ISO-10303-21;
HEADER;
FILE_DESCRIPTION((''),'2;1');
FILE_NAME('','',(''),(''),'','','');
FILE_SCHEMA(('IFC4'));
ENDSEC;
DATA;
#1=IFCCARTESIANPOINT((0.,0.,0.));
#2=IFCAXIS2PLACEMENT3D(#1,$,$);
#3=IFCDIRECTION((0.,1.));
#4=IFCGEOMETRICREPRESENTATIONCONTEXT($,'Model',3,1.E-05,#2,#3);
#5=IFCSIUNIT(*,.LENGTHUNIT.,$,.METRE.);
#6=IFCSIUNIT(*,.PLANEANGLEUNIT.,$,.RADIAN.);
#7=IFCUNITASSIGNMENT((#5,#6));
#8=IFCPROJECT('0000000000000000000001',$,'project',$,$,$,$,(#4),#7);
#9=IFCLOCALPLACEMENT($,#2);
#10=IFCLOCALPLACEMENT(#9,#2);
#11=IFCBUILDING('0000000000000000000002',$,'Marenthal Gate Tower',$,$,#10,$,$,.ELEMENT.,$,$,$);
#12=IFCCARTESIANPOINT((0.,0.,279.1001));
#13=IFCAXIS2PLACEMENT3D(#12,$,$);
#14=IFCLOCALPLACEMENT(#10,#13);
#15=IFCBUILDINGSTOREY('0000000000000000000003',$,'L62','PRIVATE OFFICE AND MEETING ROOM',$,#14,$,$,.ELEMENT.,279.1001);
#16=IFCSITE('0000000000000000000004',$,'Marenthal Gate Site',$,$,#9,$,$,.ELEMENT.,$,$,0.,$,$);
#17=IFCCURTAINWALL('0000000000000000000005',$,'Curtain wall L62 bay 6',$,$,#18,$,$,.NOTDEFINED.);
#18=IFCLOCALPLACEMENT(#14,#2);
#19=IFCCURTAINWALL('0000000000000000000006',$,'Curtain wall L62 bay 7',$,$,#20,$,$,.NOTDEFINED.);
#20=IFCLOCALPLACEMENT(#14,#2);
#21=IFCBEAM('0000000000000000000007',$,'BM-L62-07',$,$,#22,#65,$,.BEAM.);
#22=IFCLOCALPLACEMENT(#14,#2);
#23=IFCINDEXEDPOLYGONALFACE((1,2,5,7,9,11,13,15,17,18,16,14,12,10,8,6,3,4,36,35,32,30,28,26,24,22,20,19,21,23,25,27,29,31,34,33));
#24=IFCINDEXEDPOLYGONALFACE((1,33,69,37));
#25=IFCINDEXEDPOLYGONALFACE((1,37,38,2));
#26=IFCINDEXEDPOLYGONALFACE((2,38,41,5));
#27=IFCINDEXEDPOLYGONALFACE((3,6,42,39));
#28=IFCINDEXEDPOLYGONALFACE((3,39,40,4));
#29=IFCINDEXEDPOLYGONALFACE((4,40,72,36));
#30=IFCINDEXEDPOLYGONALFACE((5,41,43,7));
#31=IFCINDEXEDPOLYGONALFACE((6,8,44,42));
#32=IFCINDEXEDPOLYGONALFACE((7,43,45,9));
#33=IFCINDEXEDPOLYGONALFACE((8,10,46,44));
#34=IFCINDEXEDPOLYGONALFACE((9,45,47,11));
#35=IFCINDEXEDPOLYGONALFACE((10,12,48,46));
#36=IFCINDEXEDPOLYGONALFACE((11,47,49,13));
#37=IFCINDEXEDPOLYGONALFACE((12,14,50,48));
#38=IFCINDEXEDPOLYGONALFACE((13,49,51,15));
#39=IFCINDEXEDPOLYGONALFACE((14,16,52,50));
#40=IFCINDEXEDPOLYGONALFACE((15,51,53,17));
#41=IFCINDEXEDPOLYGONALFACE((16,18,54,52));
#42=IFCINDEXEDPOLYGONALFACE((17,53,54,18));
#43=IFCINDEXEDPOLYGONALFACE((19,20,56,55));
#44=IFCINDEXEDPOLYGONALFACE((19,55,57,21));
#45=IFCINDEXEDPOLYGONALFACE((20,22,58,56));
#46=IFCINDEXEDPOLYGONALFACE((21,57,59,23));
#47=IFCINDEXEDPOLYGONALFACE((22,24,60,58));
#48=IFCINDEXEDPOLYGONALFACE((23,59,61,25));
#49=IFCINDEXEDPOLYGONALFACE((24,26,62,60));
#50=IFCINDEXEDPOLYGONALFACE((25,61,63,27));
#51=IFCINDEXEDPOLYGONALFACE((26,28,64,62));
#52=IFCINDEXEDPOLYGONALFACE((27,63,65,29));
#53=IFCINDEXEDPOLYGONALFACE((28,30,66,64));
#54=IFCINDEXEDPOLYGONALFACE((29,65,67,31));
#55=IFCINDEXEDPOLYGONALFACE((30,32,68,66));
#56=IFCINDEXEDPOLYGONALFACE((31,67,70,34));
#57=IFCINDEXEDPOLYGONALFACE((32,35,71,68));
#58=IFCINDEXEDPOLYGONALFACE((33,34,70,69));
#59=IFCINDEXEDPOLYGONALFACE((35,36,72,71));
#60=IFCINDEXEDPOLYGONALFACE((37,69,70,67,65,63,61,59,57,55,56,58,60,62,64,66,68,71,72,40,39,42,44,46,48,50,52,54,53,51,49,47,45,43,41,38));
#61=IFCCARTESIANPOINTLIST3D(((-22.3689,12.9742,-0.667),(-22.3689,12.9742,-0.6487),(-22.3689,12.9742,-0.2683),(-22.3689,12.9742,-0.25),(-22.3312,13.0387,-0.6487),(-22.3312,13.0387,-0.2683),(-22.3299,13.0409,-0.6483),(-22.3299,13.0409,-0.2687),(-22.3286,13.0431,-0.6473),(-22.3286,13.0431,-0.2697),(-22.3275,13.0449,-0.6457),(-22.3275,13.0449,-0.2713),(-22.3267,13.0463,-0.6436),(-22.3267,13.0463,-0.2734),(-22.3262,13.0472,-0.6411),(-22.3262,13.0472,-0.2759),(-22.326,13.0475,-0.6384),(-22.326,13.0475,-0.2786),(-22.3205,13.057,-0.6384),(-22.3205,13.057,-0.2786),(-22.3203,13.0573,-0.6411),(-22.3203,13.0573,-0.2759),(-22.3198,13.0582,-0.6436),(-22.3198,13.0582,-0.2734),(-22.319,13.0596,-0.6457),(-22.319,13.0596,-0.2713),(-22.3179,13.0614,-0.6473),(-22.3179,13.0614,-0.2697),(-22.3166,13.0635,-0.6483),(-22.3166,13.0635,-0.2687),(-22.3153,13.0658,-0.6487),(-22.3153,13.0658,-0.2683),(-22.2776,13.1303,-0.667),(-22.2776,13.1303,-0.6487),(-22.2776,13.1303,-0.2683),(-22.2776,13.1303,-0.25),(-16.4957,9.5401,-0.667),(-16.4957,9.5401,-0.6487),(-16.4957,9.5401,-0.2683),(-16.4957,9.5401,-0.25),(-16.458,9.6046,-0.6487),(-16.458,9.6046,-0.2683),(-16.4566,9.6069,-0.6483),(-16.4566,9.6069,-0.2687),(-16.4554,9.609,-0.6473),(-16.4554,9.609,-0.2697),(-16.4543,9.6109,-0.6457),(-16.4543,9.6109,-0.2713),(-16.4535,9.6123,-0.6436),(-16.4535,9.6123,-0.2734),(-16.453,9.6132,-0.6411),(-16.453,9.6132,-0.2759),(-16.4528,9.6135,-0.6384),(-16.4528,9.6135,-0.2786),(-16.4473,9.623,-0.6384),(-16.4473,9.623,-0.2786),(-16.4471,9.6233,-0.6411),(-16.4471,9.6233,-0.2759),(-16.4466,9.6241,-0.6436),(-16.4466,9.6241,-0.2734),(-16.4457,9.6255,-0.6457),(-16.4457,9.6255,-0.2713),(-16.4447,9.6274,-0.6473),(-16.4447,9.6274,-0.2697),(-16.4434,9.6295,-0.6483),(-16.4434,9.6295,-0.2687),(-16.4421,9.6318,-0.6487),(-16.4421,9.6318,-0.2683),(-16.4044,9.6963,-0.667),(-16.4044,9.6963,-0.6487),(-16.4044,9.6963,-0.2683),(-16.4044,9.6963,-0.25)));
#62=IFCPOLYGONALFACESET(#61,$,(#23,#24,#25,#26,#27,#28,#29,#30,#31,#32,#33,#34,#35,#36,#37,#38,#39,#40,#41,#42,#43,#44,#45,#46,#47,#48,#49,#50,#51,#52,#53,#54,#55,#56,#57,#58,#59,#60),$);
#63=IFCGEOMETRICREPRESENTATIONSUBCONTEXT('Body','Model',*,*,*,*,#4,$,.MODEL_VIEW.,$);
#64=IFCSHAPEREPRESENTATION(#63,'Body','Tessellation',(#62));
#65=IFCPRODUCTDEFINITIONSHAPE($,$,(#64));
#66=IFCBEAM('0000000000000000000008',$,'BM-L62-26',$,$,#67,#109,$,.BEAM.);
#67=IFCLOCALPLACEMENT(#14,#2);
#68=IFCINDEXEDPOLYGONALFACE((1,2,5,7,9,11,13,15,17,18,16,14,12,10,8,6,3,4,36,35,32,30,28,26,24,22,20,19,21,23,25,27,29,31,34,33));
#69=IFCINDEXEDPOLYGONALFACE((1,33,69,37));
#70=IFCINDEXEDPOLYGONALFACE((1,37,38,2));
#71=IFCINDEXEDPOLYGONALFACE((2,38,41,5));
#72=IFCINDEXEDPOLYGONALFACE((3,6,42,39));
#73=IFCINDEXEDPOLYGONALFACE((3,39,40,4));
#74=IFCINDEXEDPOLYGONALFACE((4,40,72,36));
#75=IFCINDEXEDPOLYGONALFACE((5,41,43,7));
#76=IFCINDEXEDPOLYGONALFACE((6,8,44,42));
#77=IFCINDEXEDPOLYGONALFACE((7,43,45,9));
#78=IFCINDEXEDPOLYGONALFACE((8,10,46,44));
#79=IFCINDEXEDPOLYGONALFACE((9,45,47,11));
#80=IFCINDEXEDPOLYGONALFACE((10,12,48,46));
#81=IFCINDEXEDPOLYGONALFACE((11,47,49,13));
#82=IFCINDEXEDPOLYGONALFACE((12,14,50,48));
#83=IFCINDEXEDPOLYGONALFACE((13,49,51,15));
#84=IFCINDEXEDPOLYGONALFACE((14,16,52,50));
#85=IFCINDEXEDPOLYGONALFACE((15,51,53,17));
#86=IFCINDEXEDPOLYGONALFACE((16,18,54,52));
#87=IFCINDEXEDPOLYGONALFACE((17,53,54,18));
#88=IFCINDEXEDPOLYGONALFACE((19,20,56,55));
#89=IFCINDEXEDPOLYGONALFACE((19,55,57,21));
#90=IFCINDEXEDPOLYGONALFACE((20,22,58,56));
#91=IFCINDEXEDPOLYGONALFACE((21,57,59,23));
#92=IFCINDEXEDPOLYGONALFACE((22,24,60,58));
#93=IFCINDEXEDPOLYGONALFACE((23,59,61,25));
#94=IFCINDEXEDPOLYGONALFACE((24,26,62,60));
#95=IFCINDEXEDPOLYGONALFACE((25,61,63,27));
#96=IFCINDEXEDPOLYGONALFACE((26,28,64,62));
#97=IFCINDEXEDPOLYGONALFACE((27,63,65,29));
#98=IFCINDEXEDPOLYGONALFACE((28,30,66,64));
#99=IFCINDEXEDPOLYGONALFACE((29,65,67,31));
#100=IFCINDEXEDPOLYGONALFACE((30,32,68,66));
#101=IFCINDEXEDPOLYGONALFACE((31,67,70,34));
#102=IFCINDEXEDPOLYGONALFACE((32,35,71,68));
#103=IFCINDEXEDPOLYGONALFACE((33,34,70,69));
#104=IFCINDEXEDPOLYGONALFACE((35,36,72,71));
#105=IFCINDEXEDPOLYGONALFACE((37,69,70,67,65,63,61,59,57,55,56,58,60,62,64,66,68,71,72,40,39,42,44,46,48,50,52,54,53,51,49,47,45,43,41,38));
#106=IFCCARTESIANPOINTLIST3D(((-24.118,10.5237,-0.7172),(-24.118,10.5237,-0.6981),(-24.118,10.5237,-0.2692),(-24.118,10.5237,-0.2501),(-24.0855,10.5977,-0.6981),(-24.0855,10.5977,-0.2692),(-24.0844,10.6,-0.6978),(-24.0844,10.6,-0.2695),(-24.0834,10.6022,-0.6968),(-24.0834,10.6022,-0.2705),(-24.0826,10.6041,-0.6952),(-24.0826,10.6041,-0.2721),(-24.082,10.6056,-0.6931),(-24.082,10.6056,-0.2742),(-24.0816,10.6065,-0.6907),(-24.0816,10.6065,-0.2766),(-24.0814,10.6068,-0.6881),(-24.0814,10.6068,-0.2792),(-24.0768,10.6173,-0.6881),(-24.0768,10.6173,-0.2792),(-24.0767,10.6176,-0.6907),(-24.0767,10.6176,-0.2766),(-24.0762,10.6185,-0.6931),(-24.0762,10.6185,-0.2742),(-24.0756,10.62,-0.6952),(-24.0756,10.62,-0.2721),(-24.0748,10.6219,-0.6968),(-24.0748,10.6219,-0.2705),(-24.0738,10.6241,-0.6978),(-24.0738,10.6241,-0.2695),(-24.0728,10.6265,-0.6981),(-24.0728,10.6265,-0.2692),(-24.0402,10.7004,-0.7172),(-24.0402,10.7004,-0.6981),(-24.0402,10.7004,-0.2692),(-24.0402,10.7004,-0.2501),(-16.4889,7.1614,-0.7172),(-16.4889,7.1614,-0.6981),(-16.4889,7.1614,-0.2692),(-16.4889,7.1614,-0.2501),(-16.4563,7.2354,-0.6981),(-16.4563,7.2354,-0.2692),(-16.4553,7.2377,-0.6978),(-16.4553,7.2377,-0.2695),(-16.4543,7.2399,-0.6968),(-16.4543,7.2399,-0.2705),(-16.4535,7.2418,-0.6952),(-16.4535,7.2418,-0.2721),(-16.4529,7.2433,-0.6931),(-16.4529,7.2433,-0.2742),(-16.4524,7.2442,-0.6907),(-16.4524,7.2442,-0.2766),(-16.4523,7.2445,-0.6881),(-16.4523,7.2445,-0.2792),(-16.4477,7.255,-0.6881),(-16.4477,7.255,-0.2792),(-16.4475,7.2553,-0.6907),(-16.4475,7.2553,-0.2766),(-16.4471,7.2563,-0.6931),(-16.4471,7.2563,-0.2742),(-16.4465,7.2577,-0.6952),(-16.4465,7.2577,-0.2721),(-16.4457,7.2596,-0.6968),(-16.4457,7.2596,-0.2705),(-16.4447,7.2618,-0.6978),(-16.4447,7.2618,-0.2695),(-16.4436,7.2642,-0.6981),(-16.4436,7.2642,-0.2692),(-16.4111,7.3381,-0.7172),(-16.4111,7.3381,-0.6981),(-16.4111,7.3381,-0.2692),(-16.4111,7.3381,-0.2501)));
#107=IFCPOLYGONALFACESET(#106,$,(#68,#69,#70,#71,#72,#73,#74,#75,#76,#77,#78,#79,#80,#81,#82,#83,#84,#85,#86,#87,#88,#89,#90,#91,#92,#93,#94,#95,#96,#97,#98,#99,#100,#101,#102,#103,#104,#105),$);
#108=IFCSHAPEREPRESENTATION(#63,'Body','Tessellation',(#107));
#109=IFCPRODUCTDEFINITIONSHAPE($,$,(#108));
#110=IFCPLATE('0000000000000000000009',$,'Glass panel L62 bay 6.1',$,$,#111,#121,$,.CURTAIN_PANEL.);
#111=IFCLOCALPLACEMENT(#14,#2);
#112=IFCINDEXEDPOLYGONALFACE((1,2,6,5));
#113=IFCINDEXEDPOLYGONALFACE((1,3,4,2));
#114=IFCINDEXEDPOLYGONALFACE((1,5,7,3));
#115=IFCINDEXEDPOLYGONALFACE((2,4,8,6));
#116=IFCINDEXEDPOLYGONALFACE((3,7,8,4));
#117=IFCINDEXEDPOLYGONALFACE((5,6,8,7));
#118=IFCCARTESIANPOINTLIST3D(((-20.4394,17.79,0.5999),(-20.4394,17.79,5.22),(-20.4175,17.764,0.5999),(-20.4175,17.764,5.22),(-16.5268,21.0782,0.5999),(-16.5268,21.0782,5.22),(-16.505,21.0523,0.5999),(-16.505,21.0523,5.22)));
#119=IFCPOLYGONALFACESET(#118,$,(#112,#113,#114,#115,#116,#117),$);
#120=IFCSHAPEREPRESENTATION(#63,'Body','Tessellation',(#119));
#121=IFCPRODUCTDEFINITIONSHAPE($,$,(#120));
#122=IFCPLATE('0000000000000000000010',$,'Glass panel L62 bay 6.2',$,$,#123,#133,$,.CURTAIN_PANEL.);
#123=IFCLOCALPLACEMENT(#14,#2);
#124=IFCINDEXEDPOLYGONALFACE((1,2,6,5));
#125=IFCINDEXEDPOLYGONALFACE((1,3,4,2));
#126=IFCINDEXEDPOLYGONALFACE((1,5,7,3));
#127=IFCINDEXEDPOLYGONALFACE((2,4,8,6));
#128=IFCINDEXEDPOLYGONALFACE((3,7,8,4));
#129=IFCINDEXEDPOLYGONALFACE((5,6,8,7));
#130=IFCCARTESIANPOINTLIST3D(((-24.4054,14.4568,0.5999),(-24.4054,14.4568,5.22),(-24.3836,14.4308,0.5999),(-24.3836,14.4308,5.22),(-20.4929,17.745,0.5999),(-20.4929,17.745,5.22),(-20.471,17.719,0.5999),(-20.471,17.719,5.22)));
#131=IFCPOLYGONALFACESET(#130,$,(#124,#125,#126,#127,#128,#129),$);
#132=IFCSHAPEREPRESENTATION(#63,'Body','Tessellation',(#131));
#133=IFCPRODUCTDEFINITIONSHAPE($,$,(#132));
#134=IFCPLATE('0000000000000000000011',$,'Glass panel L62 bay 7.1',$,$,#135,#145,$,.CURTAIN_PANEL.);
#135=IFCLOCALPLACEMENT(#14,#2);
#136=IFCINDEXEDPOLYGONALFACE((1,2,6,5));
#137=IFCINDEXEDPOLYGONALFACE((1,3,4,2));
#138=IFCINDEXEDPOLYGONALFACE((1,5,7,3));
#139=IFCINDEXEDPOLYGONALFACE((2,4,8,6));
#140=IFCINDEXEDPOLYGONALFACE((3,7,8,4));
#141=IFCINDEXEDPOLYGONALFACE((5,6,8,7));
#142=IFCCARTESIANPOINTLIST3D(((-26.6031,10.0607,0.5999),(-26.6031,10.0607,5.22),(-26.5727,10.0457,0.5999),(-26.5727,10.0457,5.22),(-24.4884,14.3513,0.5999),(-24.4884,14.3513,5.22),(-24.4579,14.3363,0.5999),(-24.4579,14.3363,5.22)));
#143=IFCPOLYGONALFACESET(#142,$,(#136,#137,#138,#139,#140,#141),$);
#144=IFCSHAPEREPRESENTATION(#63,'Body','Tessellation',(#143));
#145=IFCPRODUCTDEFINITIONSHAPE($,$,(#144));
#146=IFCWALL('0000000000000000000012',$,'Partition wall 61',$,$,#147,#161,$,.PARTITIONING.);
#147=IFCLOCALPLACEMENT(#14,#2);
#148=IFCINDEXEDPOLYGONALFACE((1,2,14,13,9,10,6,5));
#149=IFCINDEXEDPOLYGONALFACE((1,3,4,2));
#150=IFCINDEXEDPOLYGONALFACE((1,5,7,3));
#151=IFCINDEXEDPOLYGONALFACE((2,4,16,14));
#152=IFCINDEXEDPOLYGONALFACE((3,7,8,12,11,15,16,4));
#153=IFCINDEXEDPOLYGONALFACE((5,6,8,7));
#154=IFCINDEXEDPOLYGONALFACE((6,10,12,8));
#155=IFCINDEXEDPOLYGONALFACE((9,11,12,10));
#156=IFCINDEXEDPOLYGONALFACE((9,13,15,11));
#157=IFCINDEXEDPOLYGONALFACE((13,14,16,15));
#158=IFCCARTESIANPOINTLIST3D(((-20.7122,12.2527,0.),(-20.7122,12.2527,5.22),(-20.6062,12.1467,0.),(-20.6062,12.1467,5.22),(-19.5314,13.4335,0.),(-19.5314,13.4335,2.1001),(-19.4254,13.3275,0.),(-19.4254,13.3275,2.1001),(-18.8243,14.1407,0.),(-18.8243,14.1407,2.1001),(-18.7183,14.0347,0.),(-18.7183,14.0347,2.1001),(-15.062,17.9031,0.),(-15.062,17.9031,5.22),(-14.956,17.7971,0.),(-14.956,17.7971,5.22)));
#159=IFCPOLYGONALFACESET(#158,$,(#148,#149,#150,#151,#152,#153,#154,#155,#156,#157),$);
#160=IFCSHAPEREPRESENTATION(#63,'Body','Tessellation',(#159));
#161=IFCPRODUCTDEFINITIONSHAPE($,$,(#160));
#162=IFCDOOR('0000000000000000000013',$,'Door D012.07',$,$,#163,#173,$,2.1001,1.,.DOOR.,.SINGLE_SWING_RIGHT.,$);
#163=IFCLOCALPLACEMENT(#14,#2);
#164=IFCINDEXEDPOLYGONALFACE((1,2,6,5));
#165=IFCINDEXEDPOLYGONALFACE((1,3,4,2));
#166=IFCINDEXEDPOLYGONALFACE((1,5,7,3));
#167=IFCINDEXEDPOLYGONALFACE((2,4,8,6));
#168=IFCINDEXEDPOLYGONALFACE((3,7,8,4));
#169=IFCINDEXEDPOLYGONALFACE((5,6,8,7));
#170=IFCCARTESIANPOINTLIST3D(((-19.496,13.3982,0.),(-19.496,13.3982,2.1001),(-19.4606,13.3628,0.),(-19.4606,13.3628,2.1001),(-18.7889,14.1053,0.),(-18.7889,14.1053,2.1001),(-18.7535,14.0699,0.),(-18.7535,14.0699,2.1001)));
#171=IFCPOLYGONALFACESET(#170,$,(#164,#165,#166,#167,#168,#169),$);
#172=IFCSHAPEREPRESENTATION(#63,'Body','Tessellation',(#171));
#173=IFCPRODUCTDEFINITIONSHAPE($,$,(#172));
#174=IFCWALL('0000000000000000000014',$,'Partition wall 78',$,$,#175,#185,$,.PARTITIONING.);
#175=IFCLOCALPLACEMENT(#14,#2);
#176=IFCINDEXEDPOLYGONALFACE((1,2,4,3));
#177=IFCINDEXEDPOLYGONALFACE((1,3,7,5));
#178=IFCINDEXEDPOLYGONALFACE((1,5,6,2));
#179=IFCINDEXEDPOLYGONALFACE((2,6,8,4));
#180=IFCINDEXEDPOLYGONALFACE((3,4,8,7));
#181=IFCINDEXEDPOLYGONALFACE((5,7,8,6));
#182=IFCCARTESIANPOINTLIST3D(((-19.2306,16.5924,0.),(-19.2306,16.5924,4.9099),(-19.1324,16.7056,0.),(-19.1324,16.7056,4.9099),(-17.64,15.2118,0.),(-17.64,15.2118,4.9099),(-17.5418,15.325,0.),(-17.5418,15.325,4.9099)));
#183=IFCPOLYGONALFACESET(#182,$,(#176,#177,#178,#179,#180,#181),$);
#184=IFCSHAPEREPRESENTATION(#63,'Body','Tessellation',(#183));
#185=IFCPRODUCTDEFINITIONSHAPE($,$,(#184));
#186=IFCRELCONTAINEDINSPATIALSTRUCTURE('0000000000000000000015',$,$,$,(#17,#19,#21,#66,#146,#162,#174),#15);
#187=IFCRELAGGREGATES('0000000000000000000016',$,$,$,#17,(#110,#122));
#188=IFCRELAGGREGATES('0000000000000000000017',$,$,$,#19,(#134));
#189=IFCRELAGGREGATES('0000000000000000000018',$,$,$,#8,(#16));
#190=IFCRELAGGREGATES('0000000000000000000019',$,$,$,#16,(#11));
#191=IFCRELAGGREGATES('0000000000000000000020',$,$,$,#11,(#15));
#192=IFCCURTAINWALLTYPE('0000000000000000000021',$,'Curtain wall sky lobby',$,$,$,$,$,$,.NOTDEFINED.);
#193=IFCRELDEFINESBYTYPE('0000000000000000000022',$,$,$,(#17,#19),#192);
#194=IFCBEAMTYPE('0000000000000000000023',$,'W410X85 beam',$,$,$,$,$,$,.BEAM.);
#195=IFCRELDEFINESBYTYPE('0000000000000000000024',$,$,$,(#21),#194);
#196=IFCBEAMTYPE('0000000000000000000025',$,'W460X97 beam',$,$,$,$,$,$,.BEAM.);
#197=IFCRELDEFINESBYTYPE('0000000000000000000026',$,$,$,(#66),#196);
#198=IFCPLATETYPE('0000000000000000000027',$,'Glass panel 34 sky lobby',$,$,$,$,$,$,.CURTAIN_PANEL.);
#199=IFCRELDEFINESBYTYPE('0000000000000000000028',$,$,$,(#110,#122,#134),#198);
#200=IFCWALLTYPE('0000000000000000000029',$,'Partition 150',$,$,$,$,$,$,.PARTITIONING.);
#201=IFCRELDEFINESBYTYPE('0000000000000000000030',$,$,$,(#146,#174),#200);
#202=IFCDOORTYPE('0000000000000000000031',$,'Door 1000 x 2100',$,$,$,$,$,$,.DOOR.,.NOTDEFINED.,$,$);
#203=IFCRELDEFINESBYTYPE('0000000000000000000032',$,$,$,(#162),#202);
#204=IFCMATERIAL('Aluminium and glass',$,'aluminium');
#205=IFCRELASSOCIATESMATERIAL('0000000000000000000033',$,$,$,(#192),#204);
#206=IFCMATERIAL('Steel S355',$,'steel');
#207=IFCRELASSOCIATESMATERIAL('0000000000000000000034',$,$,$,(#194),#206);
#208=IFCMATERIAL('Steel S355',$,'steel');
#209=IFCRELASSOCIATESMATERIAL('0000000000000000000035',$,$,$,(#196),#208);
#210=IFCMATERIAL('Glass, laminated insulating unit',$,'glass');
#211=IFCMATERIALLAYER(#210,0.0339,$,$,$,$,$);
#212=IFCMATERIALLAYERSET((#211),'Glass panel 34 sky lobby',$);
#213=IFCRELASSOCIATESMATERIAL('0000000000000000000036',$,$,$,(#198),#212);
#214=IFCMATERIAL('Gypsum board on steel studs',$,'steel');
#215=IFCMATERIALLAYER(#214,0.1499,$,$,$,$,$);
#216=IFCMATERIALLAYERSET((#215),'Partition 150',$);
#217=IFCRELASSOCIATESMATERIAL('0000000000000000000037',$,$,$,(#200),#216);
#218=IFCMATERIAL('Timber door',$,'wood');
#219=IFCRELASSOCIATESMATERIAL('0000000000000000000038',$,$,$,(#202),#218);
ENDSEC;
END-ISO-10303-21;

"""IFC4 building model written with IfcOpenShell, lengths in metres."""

from ifc_helpers import new_model, si_unit, direction, frame, frame_2d, origin, origin_2d, place, context, subcontext, project, spatial, rectangle, i_section, extrude, material, layer, layer_set, material_profile, profile_set, type_object, element, fill, aggregate, save


model = new_model("IFC4")

# Units and contexts
model_context = context("Model", 3, precision=1e-05, world=origin(), true_north=direction((0.0, 1.0)))
body_context = subcontext(model_context, "Body", "Model", "MODEL_VIEW")
ifc_project = project(units=[si_unit("LENGTHUNIT", "METRE"), si_unit("PLANEANGLEUNIT", "RADIAN")], contexts=[model_context])

# Site, building, storey
site_placement = place(None, origin())
site = spatial("IfcSite", under=ifc_project, at=site_placement, Name="Marenthal Gate Site", CompositionType="ELEMENT", RefElevation=0.0)
building_placement = place(site_placement, origin())
building = spatial("IfcBuilding", under=site, at=building_placement, Name="Marenthal Gate Tower", CompositionType="ELEMENT")
storey_placement = place(building_placement, frame((0.0, 0.0, 279.1001)))
storey = spatial("IfcBuildingStorey", under=building, at=storey_placement, Name="L62", Description="PRIVATE OFFICE AND MEETING ROOM", CompositionType="ELEMENT", Elevation=279.1001)

# Shared definitions
ifc_material_1 = material(Name="Aluminium and glass", Category="aluminium")
curtain_wall_type = type_object("IfcCurtainWallType", Name="Curtain wall sky lobby", PredefinedType="NOTDEFINED", material=ifc_material_1)

# Curtain wall
curtain_wall_1_placement = place(storey_placement, origin())
curtain_wall_1 = element("IfcCurtainWall", 1, at=curtain_wall_1_placement, inside=storey, type_object=curtain_wall_type, Name="Curtain wall L62 bay 6", PredefinedType="NOTDEFINED")

# Curtain wall
curtain_wall_2_placement = place(storey_placement, origin())
curtain_wall_2 = element("IfcCurtainWall", 2, at=curtain_wall_2_placement, inside=storey, type_object=curtain_wall_type, Name="Curtain wall L62 bay 7", PredefinedType="NOTDEFINED")

# Beams
ifc_material_2 = material(Name="Steel S355", Category="steel")
ifc_material_profile_1 = material_profile(ifc_material_2, i_section(OverallWidth=0.1809, OverallDepth=0.417, WebThickness=0.011, FlangeThickness=0.0183, FilletRadius=0.0103, at=origin_2d()), Name="W410X85")
ifc_profile_set_1 = profile_set([ifc_material_profile_1], Name="Steel S355")
beam_type_1 = type_object("IfcBeamType", Name="W410X85 beam", PredefinedType="BEAM", material=ifc_profile_set_1)
beam_1_placement = place(storey_placement, frame((-22.3232, 13.0522, -0.4585), z_axis=(0.863267, -0.504748, 0.0), x_axis=(0.504748, 0.863267, 0.0)))
element("IfcBeam", 3, at=beam_1_placement, inside=storey, type_object=beam_type_1, Name="BM-L62-07", PredefinedType="BEAM", context=body_context, shape_type="SweptSolid", body=[
    extrude(i_section(OverallWidth=0.1809, OverallDepth=0.417, WebThickness=0.011, FlangeThickness=0.0183, FilletRadius=0.0103, at=origin_2d()), origin(), (0.0, 0.0, 1.0), 6.8035),
])
ifc_material_3 = material(Name="Steel S355", Category="steel")
ifc_material_profile_2 = material_profile(ifc_material_3, i_section(OverallWidth=0.1931, OverallDepth=0.467, WebThickness=0.0115, FlangeThickness=0.019, FilletRadius=0.01, at=origin_2d()), Name="W460X97")
ifc_profile_set_2 = profile_set([ifc_material_profile_2], Name="Steel S355")
beam_type_2 = type_object("IfcBeamType", Name="W460X97 beam", PredefinedType="BEAM", material=ifc_profile_set_2)
beam_2_placement = place(storey_placement, frame((-24.0791, 10.6121, -0.4836), z_axis=(0.915073, -0.403289, 0.0), x_axis=(0.403289, 0.915073, 0.0)))
element("IfcBeam", 4, at=beam_2_placement, inside=storey, type_object=beam_type_2, Name="BM-L62-26", PredefinedType="BEAM", context=body_context, shape_type="SweptSolid", body=[
    extrude(i_section(OverallWidth=0.1931, OverallDepth=0.467, WebThickness=0.0115, FlangeThickness=0.019, FilletRadius=0.01, at=origin_2d()), origin(), (0.0, 0.0, 1.0), 8.3372),
])

# Plates
ifc_material_4 = material(Name="Glass, laminated insulating unit", Category="glass")
ifc_layer_1 = layer(ifc_material_4, 0.0339)
ifc_layer_set_1 = layer_set([ifc_layer_1], Name="Glass panel 34 sky lobby")
plate_type = type_object("IfcPlateType", Name="Glass panel 34 sky lobby", PredefinedType="CURTAIN_PANEL", material=ifc_layer_set_1)
plate_1_placement = place(storey_placement, frame((-18.4722, 19.4211, 0.5999), z_axis=(0.0, 0.0, 1.0), x_axis=(-0.765547, -0.64338, 0.0)))
plate_1 = element("IfcPlate", 5, at=plate_1_placement, type_object=plate_type, Name="Glass panel L62 bay 6.1", PredefinedType="CURTAIN_PANEL", context=body_context, shape_type="SweptSolid", body=[
    extrude(rectangle(XDim=5.1108, YDim=0.0339, at=origin_2d()), origin(), (0.0, 0.0, 1.0), 4.6201),
])
plate_2_placement = place(storey_placement, frame((-22.4382, 16.0879, 0.5999), z_axis=(0.0, 0.0, 1.0), x_axis=(-0.765547, -0.64338, 0.0)))
plate_2 = element("IfcPlate", 6, at=plate_2_placement, type_object=plate_type, Name="Glass panel L62 bay 6.2", PredefinedType="CURTAIN_PANEL", context=body_context, shape_type="SweptSolid", body=[
    extrude(rectangle(XDim=5.1108, YDim=0.0339, at=origin_2d()), origin(), (0.0, 0.0, 1.0), 4.6201),
])
aggregate(curtain_wall_1, [plate_1, plate_2])
plate_3_placement = place(storey_placement, frame((-25.5305, 12.1985, 0.5999), z_axis=(0.0, 0.0, 1.0), x_axis=(-0.442091, -0.89697, 0.0)))
plate_3 = element("IfcPlate", 7, at=plate_3_placement, type_object=plate_type, Name="Glass panel L62 bay 7.1", PredefinedType="CURTAIN_PANEL", context=body_context, shape_type="SweptSolid", body=[
    extrude(rectangle(XDim=4.7834, YDim=0.0339, at=origin_2d()), origin(), (0.0, 0.0, 1.0), 4.6201),
])
aggregate(curtain_wall_2, [plate_3])

# Wall, opening, door
ifc_material_5 = material(Name="Gypsum board on steel studs", Category="steel")
ifc_layer_2 = layer(ifc_material_5, 0.1499)
ifc_layer_set_2 = layer_set([ifc_layer_2], Name="Partition 150")
wall_type = type_object("IfcWallType", Name="Partition 150", PredefinedType="PARTITIONING", material=ifc_layer_set_2)
wall_1_placement = place(storey_placement, frame((-20.6592, 12.1997, 0.0), z_axis=(0.0, 0.0, 1.0), x_axis=(0.707092, 0.707122, 0.0)))
wall_1 = element("IfcWall", 8, at=wall_1_placement, inside=storey, type_object=wall_type, Name="Partition wall 61", PredefinedType="PARTITIONING", context=body_context, shape_type="SweptSolid", body=[
    extrude(rectangle(XDim=7.9907, YDim=0.1499, at=frame_2d((3.9954, 0.0))), origin(), (0.0, 0.0, 1.0), 5.22),
])
opening_placement = place(wall_1_placement, frame((1.6699, 0.0, 0.0)))
opening = element("IfcOpeningElement", 9, at=opening_placement, cuts=wall_1, PredefinedType="OPENING", context=body_context, shape_type="SweptSolid", body=[
    extrude(rectangle(XDim=1.0, YDim=2.1001, at=frame_2d((0.5, 1.05))), frame((0.0, 0.085, 0.0), z_axis=(0.0, -1.0, 0.0), x_axis=(1.0, 0.0, 0.0)), (0.0, 0.0, 1.0), 0.1699),
])
ifc_material_6 = material(Name="Timber door", Category="wood")
door_type = type_object("IfcDoorType", Name="Door 1000 x 2100", OperationType="NOTDEFINED", PredefinedType="DOOR", material=ifc_material_6)
door_placement = place(opening_placement, origin())
door = element("IfcDoor", 10, at=door_placement, inside=storey, type_object=door_type, Name="Door D012.07", OperationType="SINGLE_SWING_RIGHT", OverallHeight=2.1001, OverallWidth=1.0, PredefinedType="DOOR", context=body_context, shape_type="SweptSolid", body=[
    extrude(rectangle(XDim=1.0, YDim=2.1001, at=frame_2d((0.5, 1.05))), frame((0.0, 0.0249, 0.0), z_axis=(0.0, -1.0, 0.0), x_axis=(1.0, 0.0, 0.0)), (0.0, 0.0, 1.0), 0.05),
])
fill(opening, door)

# Wall
wall_2_placement = place(storey_placement, frame((-17.5908, 15.2683, 0.0), z_axis=(0.0, 0.0, 1.0), x_axis=(-0.755192, 0.655504, 0.0)))
element("IfcWall", 11, at=wall_2_placement, inside=storey, type_object=wall_type, Name="Partition wall 78", PredefinedType="PARTITIONING", context=body_context, shape_type="SweptSolid", body=[
    extrude(rectangle(XDim=2.1062, YDim=0.1499, at=frame_2d((1.0532, 0.0))), origin(), (0.0, 0.0, 1.0), 4.9099),
])

save(model, "model.ifc")
